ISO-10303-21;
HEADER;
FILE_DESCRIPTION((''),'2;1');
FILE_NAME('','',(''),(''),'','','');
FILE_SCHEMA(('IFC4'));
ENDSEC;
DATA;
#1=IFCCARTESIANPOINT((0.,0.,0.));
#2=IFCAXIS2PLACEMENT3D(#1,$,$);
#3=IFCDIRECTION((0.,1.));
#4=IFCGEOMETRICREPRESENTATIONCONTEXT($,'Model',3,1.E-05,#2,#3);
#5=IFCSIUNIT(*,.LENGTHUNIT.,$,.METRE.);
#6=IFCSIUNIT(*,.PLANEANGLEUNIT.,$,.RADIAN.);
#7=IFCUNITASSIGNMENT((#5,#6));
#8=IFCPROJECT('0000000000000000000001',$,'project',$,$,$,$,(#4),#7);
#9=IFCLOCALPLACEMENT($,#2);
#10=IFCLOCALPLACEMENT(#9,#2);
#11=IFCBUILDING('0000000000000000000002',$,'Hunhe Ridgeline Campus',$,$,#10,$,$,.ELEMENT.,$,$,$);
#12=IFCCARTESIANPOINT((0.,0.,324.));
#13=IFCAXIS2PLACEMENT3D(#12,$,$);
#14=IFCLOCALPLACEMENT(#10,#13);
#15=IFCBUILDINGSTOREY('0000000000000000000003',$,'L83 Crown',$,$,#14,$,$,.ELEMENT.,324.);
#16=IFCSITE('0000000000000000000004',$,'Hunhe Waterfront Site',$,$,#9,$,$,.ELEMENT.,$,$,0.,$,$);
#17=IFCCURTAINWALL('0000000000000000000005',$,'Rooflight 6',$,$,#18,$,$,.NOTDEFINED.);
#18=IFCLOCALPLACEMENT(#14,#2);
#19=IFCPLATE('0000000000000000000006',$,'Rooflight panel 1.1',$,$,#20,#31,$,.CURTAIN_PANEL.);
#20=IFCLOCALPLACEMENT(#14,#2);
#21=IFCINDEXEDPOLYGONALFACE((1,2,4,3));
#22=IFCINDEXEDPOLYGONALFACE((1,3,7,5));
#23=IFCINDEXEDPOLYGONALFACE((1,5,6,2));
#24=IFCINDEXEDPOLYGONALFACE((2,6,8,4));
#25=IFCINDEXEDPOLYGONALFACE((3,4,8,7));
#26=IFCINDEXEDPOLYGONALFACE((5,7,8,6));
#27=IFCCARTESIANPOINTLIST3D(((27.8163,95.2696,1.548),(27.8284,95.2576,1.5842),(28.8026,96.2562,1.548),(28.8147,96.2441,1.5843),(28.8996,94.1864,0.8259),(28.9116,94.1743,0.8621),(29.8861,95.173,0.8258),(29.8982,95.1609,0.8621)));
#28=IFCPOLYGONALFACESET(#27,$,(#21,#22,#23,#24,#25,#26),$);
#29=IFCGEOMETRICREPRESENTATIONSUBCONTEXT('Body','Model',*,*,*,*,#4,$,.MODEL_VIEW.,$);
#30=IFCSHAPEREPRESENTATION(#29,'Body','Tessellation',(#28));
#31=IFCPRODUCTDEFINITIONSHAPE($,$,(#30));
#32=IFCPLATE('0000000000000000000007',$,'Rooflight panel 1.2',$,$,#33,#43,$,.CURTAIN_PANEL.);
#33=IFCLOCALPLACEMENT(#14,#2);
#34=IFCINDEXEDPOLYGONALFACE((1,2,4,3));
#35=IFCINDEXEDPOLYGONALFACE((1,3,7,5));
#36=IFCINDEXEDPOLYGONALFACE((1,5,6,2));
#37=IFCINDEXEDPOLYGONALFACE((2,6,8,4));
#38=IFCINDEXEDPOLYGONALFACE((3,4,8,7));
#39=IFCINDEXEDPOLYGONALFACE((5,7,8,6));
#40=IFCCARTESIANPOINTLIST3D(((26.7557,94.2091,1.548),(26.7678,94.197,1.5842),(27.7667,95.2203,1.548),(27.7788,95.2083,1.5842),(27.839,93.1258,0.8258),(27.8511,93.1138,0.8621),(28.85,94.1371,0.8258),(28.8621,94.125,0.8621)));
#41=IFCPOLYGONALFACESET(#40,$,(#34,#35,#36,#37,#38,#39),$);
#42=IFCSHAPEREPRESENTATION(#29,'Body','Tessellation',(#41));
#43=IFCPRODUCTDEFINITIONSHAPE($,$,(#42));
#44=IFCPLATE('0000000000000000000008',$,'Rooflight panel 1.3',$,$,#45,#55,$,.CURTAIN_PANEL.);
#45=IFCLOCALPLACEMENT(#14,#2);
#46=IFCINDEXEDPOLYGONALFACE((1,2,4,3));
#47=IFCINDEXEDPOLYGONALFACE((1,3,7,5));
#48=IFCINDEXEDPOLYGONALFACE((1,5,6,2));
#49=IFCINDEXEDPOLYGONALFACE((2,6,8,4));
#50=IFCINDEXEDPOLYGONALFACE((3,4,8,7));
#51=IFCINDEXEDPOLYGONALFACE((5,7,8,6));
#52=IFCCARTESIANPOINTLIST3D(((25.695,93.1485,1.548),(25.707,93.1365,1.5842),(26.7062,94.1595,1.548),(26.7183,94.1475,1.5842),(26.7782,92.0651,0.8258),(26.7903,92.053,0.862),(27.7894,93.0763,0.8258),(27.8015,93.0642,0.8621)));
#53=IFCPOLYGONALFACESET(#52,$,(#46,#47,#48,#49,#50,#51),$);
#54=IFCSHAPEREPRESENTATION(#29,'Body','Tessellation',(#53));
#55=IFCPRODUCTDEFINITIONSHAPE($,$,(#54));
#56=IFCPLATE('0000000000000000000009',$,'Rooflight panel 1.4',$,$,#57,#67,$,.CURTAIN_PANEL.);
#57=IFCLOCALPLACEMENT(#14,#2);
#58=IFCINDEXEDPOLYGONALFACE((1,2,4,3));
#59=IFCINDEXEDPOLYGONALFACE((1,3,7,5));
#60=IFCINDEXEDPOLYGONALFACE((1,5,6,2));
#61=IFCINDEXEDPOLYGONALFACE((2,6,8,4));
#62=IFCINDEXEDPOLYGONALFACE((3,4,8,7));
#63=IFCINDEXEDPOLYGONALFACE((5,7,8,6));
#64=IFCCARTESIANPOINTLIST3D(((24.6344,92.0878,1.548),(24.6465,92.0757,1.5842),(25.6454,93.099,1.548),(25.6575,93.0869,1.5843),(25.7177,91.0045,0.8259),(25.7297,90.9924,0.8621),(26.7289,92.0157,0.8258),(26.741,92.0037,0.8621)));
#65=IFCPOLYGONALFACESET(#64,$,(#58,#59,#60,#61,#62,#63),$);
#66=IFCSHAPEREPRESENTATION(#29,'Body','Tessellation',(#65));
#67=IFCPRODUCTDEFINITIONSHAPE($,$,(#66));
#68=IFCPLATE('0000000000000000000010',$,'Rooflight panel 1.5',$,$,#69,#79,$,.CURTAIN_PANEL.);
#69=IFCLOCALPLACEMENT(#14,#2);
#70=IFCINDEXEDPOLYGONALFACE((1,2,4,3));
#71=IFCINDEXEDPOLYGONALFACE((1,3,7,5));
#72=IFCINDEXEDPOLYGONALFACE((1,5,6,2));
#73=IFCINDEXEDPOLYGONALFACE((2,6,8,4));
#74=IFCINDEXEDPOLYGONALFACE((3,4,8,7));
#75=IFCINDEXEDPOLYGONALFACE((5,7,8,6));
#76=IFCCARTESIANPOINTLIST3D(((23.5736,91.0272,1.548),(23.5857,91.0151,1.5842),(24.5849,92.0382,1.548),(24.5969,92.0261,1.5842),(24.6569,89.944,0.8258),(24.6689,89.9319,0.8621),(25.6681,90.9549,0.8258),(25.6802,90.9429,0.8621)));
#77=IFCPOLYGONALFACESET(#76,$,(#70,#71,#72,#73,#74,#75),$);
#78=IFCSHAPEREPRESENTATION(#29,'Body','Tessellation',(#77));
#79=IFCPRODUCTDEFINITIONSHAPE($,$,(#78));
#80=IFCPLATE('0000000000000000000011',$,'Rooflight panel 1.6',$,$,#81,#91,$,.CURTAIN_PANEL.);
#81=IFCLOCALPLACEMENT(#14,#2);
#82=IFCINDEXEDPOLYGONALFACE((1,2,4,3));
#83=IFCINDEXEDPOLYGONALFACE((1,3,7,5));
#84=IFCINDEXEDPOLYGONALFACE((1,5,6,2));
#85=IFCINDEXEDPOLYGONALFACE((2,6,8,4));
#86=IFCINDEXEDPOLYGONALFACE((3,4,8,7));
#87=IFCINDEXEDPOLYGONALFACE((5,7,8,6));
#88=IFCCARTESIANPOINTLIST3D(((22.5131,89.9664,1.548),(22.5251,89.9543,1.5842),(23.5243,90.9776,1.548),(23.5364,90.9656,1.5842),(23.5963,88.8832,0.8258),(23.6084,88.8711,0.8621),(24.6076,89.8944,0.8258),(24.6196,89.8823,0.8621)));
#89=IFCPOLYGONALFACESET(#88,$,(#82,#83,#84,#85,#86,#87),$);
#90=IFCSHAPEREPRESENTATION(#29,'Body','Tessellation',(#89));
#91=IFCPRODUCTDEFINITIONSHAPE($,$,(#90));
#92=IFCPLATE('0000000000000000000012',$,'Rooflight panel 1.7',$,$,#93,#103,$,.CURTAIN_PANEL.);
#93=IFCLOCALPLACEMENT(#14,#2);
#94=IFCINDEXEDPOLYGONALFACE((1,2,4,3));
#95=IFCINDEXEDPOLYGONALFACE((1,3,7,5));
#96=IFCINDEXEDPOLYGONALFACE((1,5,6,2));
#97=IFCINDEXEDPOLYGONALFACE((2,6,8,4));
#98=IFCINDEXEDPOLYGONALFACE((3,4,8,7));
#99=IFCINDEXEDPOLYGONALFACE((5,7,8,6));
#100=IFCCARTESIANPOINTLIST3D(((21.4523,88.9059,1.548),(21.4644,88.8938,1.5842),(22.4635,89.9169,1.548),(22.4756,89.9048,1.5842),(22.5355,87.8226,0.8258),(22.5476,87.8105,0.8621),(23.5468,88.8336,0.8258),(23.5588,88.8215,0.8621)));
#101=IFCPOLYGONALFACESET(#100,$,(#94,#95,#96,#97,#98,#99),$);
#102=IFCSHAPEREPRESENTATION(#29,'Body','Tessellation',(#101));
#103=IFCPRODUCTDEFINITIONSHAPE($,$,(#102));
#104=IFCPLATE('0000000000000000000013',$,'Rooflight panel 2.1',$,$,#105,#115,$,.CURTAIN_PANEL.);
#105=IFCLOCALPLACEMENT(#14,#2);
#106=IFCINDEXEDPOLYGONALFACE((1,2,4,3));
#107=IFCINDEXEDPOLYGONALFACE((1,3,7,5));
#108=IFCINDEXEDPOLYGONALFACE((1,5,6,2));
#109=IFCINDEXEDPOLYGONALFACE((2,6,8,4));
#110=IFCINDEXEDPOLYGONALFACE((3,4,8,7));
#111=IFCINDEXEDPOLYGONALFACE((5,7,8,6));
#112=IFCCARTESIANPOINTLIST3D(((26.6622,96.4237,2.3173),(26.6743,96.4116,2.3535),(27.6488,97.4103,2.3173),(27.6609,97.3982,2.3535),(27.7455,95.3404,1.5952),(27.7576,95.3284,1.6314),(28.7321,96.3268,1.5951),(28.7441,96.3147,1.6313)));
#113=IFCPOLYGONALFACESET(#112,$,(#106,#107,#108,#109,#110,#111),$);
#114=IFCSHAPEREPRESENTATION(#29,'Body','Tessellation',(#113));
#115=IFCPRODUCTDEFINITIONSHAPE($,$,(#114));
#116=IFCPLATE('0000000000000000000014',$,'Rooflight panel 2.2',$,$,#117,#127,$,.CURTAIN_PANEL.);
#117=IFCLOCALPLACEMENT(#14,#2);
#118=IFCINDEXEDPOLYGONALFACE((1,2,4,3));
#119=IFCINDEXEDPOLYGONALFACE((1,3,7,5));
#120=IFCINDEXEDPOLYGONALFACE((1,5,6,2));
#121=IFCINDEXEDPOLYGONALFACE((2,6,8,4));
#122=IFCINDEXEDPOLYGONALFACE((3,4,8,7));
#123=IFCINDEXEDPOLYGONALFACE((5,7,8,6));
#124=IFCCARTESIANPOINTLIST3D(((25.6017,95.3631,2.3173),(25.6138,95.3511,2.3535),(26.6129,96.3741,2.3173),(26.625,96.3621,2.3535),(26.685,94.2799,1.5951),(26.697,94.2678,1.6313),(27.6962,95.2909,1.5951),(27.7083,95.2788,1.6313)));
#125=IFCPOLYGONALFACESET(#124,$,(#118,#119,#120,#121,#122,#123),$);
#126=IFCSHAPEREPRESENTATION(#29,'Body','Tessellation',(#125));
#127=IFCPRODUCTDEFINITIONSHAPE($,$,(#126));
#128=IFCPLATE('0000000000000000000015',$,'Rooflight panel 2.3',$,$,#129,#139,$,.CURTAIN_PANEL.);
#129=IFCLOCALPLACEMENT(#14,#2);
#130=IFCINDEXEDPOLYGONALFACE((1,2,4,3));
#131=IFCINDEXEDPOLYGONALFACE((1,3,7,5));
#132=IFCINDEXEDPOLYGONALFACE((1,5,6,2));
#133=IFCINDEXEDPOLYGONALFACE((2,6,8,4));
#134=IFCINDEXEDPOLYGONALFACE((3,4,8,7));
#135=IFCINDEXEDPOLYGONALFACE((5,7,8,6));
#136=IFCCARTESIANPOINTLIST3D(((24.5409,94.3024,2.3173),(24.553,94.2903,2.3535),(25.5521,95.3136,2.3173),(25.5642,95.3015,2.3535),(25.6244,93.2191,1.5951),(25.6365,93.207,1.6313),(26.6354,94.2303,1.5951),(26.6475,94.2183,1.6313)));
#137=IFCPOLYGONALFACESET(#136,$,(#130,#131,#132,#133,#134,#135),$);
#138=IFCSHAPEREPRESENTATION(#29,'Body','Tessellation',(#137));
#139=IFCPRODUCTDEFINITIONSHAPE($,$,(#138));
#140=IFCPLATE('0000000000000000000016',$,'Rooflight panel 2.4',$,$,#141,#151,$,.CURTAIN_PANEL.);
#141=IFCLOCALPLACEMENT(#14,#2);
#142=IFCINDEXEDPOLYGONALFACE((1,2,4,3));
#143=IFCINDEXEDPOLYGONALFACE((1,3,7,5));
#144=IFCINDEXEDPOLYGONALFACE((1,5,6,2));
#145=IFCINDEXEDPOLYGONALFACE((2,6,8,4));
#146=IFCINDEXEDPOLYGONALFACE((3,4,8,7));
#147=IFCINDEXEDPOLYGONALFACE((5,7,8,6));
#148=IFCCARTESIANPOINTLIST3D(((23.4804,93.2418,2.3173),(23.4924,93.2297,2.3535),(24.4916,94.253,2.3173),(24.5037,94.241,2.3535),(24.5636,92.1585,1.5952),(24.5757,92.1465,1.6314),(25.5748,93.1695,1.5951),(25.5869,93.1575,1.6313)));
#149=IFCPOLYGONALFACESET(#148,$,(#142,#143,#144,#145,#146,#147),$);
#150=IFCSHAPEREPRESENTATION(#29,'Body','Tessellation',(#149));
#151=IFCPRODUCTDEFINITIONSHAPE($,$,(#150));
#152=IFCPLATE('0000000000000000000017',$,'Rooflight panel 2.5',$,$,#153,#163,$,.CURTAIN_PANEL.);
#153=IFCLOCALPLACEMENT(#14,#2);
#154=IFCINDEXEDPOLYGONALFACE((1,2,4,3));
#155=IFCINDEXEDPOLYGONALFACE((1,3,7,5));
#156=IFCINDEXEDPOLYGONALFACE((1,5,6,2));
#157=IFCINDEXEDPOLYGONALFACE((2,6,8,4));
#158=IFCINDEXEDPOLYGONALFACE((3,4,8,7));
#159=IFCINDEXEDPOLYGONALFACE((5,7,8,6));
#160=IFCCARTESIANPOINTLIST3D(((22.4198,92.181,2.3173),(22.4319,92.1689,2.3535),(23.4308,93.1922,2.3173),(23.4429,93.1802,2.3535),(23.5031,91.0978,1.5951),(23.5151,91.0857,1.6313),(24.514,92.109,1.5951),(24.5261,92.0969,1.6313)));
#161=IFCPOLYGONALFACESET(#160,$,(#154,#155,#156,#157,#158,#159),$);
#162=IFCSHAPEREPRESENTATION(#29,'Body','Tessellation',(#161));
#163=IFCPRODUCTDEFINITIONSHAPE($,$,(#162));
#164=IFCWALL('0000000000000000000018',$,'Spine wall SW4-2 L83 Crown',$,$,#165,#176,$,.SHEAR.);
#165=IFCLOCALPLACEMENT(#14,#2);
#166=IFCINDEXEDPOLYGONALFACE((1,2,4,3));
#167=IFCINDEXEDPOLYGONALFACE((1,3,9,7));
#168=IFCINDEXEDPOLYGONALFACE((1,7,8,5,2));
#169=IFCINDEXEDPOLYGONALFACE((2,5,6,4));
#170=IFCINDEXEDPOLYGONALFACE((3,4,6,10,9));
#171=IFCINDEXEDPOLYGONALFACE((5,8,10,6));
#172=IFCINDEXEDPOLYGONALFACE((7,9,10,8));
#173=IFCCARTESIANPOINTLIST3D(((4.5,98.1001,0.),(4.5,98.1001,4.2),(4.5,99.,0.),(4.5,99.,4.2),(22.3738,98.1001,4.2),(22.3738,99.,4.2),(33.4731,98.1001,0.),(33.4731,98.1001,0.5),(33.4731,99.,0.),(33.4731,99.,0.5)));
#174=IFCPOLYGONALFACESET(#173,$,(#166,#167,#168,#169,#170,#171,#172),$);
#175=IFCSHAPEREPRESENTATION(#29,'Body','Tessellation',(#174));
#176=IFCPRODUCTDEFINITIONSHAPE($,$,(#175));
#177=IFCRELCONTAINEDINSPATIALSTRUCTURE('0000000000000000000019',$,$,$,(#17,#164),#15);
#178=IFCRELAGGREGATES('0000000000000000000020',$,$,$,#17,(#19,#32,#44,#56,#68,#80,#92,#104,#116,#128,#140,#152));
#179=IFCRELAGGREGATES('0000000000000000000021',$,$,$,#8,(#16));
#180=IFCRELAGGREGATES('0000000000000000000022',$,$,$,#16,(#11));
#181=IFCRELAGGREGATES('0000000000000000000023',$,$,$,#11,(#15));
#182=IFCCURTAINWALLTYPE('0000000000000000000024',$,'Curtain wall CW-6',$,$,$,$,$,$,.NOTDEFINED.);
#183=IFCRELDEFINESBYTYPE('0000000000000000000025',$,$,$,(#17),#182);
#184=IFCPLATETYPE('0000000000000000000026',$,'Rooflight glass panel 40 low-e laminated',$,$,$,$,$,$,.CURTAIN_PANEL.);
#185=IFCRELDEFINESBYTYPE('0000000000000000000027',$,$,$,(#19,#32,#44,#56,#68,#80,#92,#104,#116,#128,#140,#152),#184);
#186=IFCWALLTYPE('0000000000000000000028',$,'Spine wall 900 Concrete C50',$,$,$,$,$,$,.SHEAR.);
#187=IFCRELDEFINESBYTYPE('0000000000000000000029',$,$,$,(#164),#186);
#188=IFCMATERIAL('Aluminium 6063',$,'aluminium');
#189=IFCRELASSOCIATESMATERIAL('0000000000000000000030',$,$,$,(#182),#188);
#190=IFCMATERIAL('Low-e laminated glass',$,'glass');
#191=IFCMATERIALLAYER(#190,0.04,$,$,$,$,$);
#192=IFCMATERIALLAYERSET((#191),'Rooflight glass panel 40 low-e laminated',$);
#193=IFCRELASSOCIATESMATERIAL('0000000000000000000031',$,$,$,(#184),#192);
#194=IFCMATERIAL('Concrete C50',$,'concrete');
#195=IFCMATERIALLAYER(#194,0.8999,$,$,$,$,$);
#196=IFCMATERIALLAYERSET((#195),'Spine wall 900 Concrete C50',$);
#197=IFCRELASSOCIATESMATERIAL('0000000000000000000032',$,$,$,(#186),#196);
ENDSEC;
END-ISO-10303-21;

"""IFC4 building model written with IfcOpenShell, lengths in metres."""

from ifc_helpers import new_model, si_unit, direction, frame, origin, place, context, subcontext, project, spatial, polyline, outline, extrude, material, layer, layer_set, type_object, element, aggregate, save


model = new_model("IFC4")

# Units and contexts
model_context = context("Model", 3, precision=1e-05, world=origin(), true_north=direction((0.0, 1.0)))
body_context = subcontext(model_context, "Body", "Model", "MODEL_VIEW")
ifc_project = project(units=[si_unit("LENGTHUNIT", "METRE"), si_unit("PLANEANGLEUNIT", "RADIAN")], contexts=[model_context])

# Site, building, storey
site_placement = place(None, origin())
site = spatial("IfcSite", under=ifc_project, at=site_placement, Name="Hunhe Waterfront Site", CompositionType="ELEMENT", RefElevation=0.0)
building_placement = place(site_placement, origin())
building = spatial("IfcBuilding", under=site, at=building_placement, Name="Hunhe Ridgeline Campus", CompositionType="ELEMENT")
storey_placement = place(building_placement, frame((0.0, 0.0, 324.0)))
storey = spatial("IfcBuildingStorey", under=building, at=storey_placement, Name="L83 Crown", CompositionType="ELEMENT", Elevation=324.0)

# Curtain wall, plates
ifc_material_1 = material(Name="Aluminium 6063", Category="aluminium")
curtain_wall_type = type_object("IfcCurtainWallType", Name="Curtain wall CW-6", PredefinedType="NOTDEFINED", material=ifc_material_1)
curtain_wall_placement = place(storey_placement, origin())
curtain_wall = element("IfcCurtainWall", 1, at=curtain_wall_placement, inside=storey, type_object=curtain_wall_type, Name="Rooflight 6", PredefinedType="NOTDEFINED")
ifc_material_2 = material(Name="Low-e laminated glass", Category="glass")
ifc_layer_1 = layer(ifc_material_2, 0.04)
ifc_layer_set_1 = layer_set([ifc_layer_1], Name="Rooflight glass panel 40 low-e laminated")
plate_type = type_object("IfcPlateType", Name="Rooflight glass panel 40 low-e laminated", PredefinedType="CURTAIN_PANEL", material=ifc_layer_set_1)
plate_1_placement = place(storey_placement, frame((29.8982, 95.1609, 0.8621), z_axis=(0.301516, -0.301479, 0.904543), x_axis=(-0.639681, 0.639537, 0.426382)))
plate_1 = element("IfcPlate", 2, at=plate_1_placement, type_object=plate_type, Name="Rooflight panel 1.1", PredefinedType="CURTAIN_PANEL", context=body_context, shape_type="SweptSolid", body=[
    extrude(outline(polyline([(0.0, 0.0), (1.6938, 0.0), (1.6938, 1.3951), (0.0001, 1.3952), (0.0, 0.0)])), origin(), (0.0, 0.0, -1.0), 0.04),
])
plate_2_placement = place(storey_placement, frame((28.8621, 94.125, 0.8621), z_axis=(0.301548, -0.301475, 0.904534), x_axis=(-0.639602, 0.639602, 0.426401)))
plate_2 = element("IfcPlate", 3, at=plate_2_placement, type_object=plate_type, Name="Rooflight panel 1.2", PredefinedType="CURTAIN_PANEL", context=body_context, shape_type="SweptSolid", body=[
    extrude(outline(polyline([(0.0, 0.0), (1.6936, 0.0), (1.6935, 1.4299), (-0.0002, 1.4299), (0.0, 0.0)])), origin(), (0.0, 0.0, -1.0), 0.04),
])
plate_3_placement = place(storey_placement, frame((27.8015, 93.0642, 0.8621), z_axis=(0.301479, -0.301516, 0.904543), x_axis=(-0.639609, 0.639609, 0.426382)))
plate_3 = element("IfcPlate", 4, at=plate_3_placement, type_object=plate_type, Name="Rooflight panel 1.3", PredefinedType="CURTAIN_PANEL", context=body_context, shape_type="SweptSolid", body=[
    extrude(outline(polyline([(0.0, 0.0), (1.6936, 0.0), (1.6938, 1.4299), (0.0, 1.4301), (0.0, 0.0)])), origin(), (0.0, 0.0, -1.0), 0.04),
])
plate_4_placement = place(storey_placement, frame((26.741, 92.0037, 0.8621), z_axis=(0.301516, -0.301479, 0.904543), x_axis=(-0.639681, 0.639537, 0.426382)))
plate_4 = element("IfcPlate", 5, at=plate_4_placement, type_object=plate_type, Name="Rooflight panel 1.4", PredefinedType="CURTAIN_PANEL", context=body_context, shape_type="SweptSolid", body=[
    extrude(outline(polyline([(0.0, 0.0), (1.6938, 0.0), (1.6938, 1.4299), (0.0001, 1.4301), (0.0, 0.0)])), origin(), (0.0, 0.0, -1.0), 0.04),
])
plate_5_placement = place(storey_placement, frame((25.6802, 90.9429, 0.8621), z_axis=(0.301475, -0.301548, 0.904534), x_axis=(-0.639602, 0.639602, 0.426401)))
plate_5 = element("IfcPlate", 6, at=plate_5_placement, type_object=plate_type, Name="Rooflight panel 1.5", PredefinedType="CURTAIN_PANEL", context=body_context, shape_type="SweptSolid", body=[
    extrude(outline(polyline([(0.0, 0.0), (1.6936, 0.0), (1.6938, 1.4299), (0.0002, 1.4299), (0.0, 0.0)])), origin(), (0.0, 0.0, -1.0), 0.04),
])
plate_6_placement = place(storey_placement, frame((24.6196, 89.8823, 0.8621), z_axis=(0.301511, -0.301511, 0.904534), x_axis=(-0.639602, 0.639602, 0.426401)))
plate_6 = element("IfcPlate", 7, at=plate_6_placement, type_object=plate_type, Name="Rooflight panel 1.6", PredefinedType="CURTAIN_PANEL", context=body_context, shape_type="SweptSolid", body=[
    extrude(outline(polyline([(0.0, 0.0), (1.6936, 0.0), (1.6936, 1.4301), (0.0, 1.4301), (0.0, 0.0)])), origin(), (0.0, 0.0, -1.0), 0.04),
])
plate_7_placement = place(storey_placement, frame((23.5588, 88.8215, 0.8621), z_axis=(0.301475, -0.301548, 0.904534), x_axis=(-0.639602, 0.639602, 0.426401)))
plate_7 = element("IfcPlate", 8, at=plate_7_placement, type_object=plate_type, Name="Rooflight panel 1.7", PredefinedType="CURTAIN_PANEL", context=body_context, shape_type="SweptSolid", body=[
    extrude(outline(polyline([(0.0, 0.0), (1.6936, 0.0), (1.6938, 1.4299), (0.0002, 1.4299), (0.0, 0.0)])), origin(), (0.0, 0.0, -1.0), 0.04),
])
plate_8_placement = place(storey_placement, frame((28.7441, 96.3147, 1.6313), z_axis=(0.301479, -0.301516, 0.904543), x_axis=(-0.639537, 0.639681, 0.426382)))
plate_8 = element("IfcPlate", 9, at=plate_8_placement, type_object=plate_type, Name="Rooflight panel 2.1", PredefinedType="CURTAIN_PANEL", context=body_context, shape_type="SweptSolid", body=[
    extrude(outline(polyline([(0.0, 0.0), (1.6938, 0.0), (1.6936, 1.3952), (0.0, 1.3951), (0.0, 0.0)])), origin(), (0.0, 0.0, -1.0), 0.04),
])
plate_9_placement = place(storey_placement, frame((27.7083, 95.2788, 1.6313), z_axis=(0.301475, -0.301548, 0.904534), x_axis=(-0.639602, 0.639602, 0.426401)))
plate_9 = element("IfcPlate", 10, at=plate_9_placement, type_object=plate_type, Name="Rooflight panel 2.2", PredefinedType="CURTAIN_PANEL", context=body_context, shape_type="SweptSolid", body=[
    extrude(outline(polyline([(0.0, 0.0), (1.6936, 0.0), (1.6938, 1.4299), (0.0002, 1.4299), (0.0, 0.0)])), origin(), (0.0, 0.0, -1.0), 0.04),
])
plate_10_placement = place(storey_placement, frame((26.6475, 94.2183, 1.6313), z_axis=(0.301516, -0.301479, 0.904543), x_axis=(-0.639609, 0.639609, 0.426382)))
plate_10 = element("IfcPlate", 11, at=plate_10_placement, type_object=plate_type, Name="Rooflight panel 2.3", PredefinedType="CURTAIN_PANEL", context=body_context, shape_type="SweptSolid", body=[
    extrude(outline(polyline([(0.0, 0.0), (1.6936, 0.0), (1.6936, 1.4301), (-0.0002, 1.4299), (0.0, 0.0)])), origin(), (0.0, 0.0, -1.0), 0.04),
])
plate_11_placement = place(storey_placement, frame((25.5869, 93.1575, 1.6313), z_axis=(0.301479, -0.301516, 0.904543), x_axis=(-0.639537, 0.639681, 0.426382)))
plate_11 = element("IfcPlate", 12, at=plate_11_placement, type_object=plate_type, Name="Rooflight panel 2.4", PredefinedType="CURTAIN_PANEL", context=body_context, shape_type="SweptSolid", body=[
    extrude(outline(polyline([(0.0, 0.0), (1.6938, 0.0), (1.6936, 1.4301), (0.0, 1.4299), (0.0, 0.0)])), origin(), (0.0, 0.0, -1.0), 0.04),
])
plate_12_placement = place(storey_placement, frame((24.5261, 92.0969, 1.6313), z_axis=(0.301548, -0.301475, 0.904534), x_axis=(-0.639602, 0.639602, 0.426401)))
plate_12 = element("IfcPlate", 13, at=plate_12_placement, type_object=plate_type, Name="Rooflight panel 2.5", PredefinedType="CURTAIN_PANEL", context=body_context, shape_type="SweptSolid", body=[
    extrude(outline(polyline([(0.0, 0.0), (1.6936, 0.0), (1.6935, 1.4299), (-0.0002, 1.4299), (0.0, 0.0)])), origin(), (0.0, 0.0, -1.0), 0.04),
])
aggregate(curtain_wall, [plate_1, plate_2, plate_3, plate_4, plate_5, plate_6, plate_7, plate_8, plate_9, plate_10, plate_11, plate_12])

# Wall
ifc_material_3 = material(Name="Concrete C50", Category="concrete")
ifc_layer_2 = layer(ifc_material_3, 0.8999)
ifc_layer_set_2 = layer_set([ifc_layer_2], Name="Spine wall 900 Concrete C50")
wall_type = type_object("IfcWallType", Name="Spine wall 900 Concrete C50", PredefinedType="SHEAR", material=ifc_layer_set_2)
wall_placement = place(storey_placement, frame((33.4731, 98.55, 0.0), z_axis=(0.0, 0.0, 1.0), x_axis=(-1.0, 0.0, 0.0)))
element("IfcWall", 14, at=wall_placement, inside=storey, type_object=wall_type, Name="Spine wall SW4-2 L83 Crown", PredefinedType="SHEAR", context=body_context, shape_type="SweptSolid", body=[
    extrude(outline(polyline([(0.0, 0.0), (28.9731, 0.0), (28.9731, 4.2), (11.0994, 4.2), (0.0, 0.5), (0.0, 0.0)])), frame((0.0, 0.45, 0.0), z_axis=(0.0, -1.0, 0.0), x_axis=(1.0, 0.0, 0.0)), (0.0, 0.0, 1.0), 0.8999),
])

save(model, "model.ifc")
